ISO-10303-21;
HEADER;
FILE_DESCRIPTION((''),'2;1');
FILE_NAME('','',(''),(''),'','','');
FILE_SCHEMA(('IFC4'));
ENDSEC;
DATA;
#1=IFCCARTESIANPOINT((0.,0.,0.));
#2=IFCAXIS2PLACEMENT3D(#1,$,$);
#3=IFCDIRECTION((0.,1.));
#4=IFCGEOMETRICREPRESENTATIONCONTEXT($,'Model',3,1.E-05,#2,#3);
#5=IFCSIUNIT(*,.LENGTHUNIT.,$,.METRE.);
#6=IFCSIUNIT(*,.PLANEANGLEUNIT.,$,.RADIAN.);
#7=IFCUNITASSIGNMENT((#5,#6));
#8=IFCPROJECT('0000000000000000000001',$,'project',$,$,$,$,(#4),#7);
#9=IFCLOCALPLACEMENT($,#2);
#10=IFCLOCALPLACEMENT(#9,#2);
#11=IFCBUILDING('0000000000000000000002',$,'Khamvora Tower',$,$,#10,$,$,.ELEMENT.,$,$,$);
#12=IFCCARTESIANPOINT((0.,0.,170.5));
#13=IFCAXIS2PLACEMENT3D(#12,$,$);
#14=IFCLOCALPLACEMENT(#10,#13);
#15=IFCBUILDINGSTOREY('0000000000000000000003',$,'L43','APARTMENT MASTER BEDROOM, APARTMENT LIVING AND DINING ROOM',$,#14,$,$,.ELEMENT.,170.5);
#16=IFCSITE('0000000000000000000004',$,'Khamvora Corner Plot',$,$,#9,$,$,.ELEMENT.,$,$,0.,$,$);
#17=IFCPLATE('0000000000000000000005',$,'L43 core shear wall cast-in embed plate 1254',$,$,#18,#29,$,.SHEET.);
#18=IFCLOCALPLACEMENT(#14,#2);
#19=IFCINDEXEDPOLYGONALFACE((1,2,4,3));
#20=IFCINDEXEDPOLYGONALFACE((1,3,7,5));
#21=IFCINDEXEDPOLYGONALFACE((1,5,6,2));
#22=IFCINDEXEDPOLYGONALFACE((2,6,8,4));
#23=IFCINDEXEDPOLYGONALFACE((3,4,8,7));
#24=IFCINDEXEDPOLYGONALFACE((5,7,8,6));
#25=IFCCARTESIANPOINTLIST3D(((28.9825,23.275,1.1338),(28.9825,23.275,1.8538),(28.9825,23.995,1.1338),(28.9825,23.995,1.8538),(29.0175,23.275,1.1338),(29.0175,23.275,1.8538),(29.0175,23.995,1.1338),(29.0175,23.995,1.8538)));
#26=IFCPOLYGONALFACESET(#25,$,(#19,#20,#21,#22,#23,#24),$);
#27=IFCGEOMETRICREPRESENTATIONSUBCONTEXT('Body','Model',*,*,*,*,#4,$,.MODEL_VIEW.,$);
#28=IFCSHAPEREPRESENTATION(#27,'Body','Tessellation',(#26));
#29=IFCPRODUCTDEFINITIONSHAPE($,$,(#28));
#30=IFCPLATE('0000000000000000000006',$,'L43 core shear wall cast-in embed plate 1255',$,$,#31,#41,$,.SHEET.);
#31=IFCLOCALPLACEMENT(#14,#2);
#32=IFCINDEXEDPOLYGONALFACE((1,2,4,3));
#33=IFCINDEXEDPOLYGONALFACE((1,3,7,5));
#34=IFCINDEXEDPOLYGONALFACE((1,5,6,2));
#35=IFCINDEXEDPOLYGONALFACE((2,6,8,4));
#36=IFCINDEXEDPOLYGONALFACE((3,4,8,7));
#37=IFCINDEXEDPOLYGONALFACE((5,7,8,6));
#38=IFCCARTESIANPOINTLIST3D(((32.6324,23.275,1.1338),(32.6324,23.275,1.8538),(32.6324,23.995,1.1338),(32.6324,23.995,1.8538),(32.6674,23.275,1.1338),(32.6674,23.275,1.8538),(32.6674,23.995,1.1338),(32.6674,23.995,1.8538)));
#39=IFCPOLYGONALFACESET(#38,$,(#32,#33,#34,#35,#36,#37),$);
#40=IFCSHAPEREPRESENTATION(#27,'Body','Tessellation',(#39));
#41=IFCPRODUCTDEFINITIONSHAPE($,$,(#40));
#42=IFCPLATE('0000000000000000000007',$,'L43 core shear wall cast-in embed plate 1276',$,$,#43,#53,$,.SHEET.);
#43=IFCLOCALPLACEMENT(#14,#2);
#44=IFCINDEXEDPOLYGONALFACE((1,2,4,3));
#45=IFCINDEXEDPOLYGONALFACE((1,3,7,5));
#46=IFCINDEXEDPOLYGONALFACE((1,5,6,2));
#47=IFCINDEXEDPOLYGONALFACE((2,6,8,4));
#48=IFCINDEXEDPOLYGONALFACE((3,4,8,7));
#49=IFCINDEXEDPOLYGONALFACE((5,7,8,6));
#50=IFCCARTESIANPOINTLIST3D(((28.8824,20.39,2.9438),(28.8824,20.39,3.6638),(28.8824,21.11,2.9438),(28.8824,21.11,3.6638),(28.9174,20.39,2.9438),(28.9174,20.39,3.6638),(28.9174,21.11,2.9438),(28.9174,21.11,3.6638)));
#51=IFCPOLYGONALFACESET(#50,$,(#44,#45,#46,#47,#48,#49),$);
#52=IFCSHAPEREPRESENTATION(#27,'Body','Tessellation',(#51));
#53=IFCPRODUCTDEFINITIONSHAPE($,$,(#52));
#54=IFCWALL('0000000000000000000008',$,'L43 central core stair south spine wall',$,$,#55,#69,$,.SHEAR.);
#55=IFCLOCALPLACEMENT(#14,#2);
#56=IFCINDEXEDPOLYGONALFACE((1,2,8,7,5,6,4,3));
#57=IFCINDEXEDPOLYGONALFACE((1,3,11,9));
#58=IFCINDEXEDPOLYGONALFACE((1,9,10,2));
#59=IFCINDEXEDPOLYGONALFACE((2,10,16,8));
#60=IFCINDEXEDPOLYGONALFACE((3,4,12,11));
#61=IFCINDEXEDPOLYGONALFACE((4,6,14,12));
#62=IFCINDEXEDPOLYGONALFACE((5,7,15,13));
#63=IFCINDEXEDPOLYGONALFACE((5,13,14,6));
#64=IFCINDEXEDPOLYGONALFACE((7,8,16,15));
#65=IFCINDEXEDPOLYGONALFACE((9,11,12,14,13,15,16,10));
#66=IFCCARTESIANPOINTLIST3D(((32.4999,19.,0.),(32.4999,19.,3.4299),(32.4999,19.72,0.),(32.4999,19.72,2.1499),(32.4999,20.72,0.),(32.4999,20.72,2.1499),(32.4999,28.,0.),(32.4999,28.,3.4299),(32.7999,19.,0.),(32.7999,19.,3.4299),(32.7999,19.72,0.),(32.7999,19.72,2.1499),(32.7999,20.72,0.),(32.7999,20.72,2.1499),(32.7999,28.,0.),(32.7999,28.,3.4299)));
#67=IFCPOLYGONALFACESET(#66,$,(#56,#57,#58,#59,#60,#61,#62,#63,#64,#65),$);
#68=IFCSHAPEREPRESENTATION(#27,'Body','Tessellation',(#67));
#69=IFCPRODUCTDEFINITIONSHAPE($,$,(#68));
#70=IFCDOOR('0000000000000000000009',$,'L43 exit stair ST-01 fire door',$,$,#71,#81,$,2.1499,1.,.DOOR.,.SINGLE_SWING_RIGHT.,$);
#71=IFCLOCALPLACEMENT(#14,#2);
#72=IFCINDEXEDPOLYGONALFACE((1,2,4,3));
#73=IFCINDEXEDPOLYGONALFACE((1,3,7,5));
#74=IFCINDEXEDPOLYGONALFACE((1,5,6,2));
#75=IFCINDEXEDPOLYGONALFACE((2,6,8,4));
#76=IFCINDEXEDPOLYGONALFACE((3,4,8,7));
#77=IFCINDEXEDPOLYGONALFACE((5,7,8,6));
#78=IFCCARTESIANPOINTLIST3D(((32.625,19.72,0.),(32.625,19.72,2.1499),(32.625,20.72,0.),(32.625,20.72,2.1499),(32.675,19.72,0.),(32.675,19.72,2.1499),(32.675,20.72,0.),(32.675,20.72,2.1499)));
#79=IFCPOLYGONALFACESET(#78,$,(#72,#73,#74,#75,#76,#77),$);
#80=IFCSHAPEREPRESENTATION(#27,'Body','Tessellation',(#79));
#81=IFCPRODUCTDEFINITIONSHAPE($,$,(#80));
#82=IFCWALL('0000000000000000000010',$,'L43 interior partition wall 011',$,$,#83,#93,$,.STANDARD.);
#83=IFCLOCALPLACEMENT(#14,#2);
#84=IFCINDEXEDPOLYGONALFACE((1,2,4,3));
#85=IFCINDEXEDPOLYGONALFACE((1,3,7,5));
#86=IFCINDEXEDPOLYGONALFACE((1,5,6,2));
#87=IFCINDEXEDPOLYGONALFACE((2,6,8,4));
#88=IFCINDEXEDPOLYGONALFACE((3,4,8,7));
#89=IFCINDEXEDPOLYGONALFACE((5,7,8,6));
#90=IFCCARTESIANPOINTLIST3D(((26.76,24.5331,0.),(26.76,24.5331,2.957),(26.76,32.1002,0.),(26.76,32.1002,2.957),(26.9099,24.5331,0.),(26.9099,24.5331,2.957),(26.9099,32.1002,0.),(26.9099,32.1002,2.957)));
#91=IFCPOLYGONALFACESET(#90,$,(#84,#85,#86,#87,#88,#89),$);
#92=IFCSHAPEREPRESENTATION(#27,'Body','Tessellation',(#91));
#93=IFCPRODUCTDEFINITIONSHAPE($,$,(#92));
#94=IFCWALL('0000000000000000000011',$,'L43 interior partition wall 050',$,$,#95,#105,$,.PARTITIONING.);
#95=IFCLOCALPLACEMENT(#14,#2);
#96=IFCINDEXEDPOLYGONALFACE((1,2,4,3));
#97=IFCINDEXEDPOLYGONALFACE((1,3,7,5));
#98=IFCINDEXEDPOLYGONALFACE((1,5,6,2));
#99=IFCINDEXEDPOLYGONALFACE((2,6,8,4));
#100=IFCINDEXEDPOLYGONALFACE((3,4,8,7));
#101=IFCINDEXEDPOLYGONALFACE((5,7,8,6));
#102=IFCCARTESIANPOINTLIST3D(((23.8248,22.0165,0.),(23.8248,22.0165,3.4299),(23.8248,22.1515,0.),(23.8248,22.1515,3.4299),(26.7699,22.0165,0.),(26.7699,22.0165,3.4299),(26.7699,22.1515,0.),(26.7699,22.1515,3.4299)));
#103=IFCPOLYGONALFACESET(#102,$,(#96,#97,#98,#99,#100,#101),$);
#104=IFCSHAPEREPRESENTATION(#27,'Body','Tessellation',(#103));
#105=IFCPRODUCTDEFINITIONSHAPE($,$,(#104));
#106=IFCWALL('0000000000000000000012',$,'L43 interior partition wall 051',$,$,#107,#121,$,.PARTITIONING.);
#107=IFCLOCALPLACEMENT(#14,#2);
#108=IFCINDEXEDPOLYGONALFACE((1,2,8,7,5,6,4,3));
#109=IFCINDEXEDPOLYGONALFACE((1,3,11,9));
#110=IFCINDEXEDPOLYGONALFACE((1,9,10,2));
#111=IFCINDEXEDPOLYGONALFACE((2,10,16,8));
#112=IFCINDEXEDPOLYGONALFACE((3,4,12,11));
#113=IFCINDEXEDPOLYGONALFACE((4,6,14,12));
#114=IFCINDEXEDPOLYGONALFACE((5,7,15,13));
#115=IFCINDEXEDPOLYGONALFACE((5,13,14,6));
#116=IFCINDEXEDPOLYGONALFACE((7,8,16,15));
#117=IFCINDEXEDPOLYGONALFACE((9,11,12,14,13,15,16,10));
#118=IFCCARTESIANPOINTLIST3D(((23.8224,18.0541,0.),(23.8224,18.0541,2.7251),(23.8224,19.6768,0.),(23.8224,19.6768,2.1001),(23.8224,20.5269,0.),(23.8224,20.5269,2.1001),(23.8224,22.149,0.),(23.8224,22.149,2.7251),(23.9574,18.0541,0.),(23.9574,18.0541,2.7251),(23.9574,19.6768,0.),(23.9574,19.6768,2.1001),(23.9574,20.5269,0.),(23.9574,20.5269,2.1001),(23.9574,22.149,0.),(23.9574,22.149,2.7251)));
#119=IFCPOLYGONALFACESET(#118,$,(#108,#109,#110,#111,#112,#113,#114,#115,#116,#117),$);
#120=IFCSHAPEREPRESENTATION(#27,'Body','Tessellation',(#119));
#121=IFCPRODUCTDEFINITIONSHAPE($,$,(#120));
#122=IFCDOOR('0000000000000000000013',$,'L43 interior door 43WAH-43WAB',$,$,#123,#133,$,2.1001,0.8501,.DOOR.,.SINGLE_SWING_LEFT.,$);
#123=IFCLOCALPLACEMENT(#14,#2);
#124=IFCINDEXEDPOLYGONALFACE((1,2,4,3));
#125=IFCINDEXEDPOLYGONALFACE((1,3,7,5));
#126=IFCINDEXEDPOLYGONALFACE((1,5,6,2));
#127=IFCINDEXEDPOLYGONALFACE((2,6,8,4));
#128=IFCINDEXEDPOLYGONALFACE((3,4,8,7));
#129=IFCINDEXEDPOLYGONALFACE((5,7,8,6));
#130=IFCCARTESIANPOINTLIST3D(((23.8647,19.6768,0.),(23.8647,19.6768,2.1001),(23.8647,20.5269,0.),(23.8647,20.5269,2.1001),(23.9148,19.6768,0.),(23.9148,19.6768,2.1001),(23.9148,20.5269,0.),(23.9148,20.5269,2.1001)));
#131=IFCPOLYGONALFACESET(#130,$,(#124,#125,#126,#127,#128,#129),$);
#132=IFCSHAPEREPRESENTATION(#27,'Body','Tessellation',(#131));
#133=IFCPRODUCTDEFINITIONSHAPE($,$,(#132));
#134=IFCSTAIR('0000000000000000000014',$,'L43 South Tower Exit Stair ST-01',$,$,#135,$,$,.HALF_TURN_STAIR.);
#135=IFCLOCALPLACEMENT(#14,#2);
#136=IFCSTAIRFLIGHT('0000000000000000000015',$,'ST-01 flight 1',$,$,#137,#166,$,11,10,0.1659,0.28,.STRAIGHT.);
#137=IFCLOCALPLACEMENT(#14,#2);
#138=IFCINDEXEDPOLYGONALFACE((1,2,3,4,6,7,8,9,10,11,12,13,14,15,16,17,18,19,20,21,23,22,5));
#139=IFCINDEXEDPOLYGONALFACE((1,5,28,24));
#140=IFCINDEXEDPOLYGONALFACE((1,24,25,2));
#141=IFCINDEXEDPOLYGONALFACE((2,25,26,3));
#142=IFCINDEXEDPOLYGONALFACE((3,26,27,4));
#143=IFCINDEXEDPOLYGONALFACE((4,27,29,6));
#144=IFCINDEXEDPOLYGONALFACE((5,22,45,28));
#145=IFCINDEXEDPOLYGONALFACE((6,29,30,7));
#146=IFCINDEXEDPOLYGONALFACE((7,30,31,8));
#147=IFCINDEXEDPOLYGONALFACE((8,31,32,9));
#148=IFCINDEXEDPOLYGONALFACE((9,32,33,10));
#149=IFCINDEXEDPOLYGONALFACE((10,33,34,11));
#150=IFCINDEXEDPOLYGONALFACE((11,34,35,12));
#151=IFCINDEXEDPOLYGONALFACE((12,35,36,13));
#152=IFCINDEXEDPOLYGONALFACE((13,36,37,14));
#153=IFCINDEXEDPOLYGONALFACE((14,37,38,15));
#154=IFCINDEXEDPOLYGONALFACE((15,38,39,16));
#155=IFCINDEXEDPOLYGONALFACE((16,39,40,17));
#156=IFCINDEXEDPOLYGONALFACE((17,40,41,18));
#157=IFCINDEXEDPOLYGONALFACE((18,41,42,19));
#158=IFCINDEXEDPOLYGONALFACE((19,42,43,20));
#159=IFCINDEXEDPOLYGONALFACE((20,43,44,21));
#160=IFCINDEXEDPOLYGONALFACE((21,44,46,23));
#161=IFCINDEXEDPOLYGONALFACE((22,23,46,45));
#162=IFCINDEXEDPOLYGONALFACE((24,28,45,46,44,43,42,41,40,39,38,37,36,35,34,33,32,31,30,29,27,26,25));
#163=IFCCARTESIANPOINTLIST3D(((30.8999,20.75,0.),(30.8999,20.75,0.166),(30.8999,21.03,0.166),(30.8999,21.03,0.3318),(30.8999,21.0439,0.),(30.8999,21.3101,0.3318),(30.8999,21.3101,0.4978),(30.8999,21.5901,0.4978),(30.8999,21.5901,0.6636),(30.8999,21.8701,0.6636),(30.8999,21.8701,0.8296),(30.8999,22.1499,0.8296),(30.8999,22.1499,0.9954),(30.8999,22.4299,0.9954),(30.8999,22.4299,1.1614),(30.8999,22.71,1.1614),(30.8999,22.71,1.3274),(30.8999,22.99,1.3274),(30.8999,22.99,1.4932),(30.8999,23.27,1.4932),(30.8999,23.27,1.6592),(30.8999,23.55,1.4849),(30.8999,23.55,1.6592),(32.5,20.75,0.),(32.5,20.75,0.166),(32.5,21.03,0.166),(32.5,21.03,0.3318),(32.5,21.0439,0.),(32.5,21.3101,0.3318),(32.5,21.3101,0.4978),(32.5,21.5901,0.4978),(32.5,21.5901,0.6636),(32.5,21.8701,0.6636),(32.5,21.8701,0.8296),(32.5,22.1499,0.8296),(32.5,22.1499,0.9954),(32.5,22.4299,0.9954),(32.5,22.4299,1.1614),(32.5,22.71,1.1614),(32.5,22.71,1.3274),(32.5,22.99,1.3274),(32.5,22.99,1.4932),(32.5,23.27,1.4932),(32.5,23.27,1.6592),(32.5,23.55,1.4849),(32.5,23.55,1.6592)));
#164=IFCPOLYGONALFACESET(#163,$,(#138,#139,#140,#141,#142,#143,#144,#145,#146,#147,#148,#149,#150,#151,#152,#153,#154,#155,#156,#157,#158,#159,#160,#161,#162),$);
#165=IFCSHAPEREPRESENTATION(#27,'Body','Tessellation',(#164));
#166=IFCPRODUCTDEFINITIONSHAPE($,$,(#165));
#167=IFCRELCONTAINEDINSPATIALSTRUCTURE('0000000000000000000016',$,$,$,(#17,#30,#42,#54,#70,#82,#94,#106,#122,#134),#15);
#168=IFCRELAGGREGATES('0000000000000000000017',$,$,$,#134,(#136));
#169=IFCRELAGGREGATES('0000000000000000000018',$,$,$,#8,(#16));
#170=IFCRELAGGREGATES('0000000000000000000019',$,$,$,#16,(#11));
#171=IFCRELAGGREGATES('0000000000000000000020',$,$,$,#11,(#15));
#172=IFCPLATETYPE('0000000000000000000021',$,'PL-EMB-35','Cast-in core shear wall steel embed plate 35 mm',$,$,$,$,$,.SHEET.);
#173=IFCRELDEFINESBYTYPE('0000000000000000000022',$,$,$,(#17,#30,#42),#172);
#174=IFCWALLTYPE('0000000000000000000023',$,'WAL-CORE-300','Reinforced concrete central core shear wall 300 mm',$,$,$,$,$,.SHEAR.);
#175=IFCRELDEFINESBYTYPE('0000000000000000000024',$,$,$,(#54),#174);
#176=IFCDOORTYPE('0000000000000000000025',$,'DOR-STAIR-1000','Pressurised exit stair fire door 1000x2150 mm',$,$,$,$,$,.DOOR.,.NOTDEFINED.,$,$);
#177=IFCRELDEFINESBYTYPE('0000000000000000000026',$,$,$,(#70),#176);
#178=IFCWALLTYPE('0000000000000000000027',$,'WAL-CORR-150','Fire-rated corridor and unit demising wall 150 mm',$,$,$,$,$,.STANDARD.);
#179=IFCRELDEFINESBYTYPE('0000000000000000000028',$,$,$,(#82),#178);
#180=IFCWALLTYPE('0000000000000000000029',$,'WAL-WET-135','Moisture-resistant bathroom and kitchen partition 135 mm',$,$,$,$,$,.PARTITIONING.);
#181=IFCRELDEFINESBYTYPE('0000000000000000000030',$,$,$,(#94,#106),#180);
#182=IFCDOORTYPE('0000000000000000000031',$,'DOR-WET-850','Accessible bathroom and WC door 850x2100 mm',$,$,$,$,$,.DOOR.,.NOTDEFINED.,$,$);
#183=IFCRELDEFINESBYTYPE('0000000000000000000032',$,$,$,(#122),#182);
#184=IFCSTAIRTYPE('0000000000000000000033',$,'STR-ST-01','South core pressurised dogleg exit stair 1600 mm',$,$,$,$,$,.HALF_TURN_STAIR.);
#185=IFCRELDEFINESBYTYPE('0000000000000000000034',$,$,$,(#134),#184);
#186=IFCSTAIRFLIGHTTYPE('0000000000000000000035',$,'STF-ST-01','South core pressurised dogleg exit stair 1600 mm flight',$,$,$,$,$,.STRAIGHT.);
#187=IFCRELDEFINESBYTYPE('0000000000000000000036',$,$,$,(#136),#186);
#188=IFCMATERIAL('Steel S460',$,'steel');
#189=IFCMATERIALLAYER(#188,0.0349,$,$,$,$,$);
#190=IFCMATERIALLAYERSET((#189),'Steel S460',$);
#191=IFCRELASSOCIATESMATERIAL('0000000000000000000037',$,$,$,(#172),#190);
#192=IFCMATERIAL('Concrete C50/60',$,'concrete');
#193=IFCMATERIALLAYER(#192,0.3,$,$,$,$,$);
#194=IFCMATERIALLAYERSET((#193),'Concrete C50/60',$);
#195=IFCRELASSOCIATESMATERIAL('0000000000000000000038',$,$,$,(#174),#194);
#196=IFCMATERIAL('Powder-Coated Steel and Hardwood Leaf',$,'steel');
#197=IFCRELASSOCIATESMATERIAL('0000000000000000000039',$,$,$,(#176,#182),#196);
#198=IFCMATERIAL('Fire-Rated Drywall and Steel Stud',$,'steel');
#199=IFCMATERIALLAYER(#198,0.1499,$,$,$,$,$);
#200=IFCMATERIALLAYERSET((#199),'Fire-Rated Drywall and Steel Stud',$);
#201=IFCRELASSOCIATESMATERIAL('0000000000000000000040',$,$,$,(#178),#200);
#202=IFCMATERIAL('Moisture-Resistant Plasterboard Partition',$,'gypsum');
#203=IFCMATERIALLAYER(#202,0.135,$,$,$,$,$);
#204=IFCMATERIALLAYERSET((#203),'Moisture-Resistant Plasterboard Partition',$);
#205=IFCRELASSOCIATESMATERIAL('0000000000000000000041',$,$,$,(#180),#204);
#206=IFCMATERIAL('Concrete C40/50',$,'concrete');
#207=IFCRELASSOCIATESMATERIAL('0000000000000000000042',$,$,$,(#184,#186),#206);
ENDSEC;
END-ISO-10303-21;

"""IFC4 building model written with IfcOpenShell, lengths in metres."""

from ifc_helpers import new_model, si_unit, direction, frame, frame_2d, origin, origin_2d, place, context, subcontext, project, spatial, polyline, rectangle, outline, extrude, material, layer, layer_set, type_object, element, fill, aggregate, save


model = new_model("IFC4")

# Units and contexts
model_context = context("Model", 3, precision=1e-05, world=origin(), true_north=direction((0.0, 1.0)))
body_context = subcontext(model_context, "Body", "Model", "MODEL_VIEW")
ifc_project = project(units=[si_unit("LENGTHUNIT", "METRE"), si_unit("PLANEANGLEUNIT", "RADIAN")], contexts=[model_context])

# Site, building, storey
site_placement = place(None, origin())
site = spatial("IfcSite", under=ifc_project, at=site_placement, Name="Khamvora Corner Plot", CompositionType="ELEMENT", RefElevation=0.0)
building_placement = place(site_placement, origin())
building = spatial("IfcBuilding", under=site, at=building_placement, Name="Khamvora Tower", CompositionType="ELEMENT")
storey_placement = place(building_placement, frame((0.0, 0.0, 170.5)))
storey = spatial("IfcBuildingStorey", under=building, at=storey_placement, Name="L43", Description="APARTMENT MASTER BEDROOM, APARTMENT LIVING AND DINING ROOM", CompositionType="ELEMENT", Elevation=170.5)

# Plates
ifc_material_1 = material(Name="Steel S460", Category="steel")
ifc_layer_1 = layer(ifc_material_1, 0.0349)
ifc_layer_set_1 = layer_set([ifc_layer_1], Name="Steel S460")
plate_type = type_object("IfcPlateType", Name="PL-EMB-35", Description="Cast-in core shear wall steel embed plate 35 mm", PredefinedType="SHEET", material=ifc_layer_set_1)
for number, where, z_axis, x_axis, name in (
    (1, (29.0, 23.635, 1.1338), (0.0, 0.0, 1.0), (1.0, 0.0, 0.0), "L43 core shear wall cast-in embed plate 1254"),
    (2, (32.6499, 23.635, 1.1338), (0.0, 0.0, 1.0), (1.0, 0.0, 0.0), "L43 core shear wall cast-in embed plate 1255"),
    (3, (28.8999, 20.75, 2.9438), (0.0, 0.0, 1.0), (1.0, 0.0, 0.0), "L43 core shear wall cast-in embed plate 1276"),
):
    element("IfcPlate", number, at=place(storey_placement, frame(where, z_axis=z_axis, x_axis=x_axis)), inside=storey, type_object=plate_type, Name=name, PredefinedType="SHEET", context=body_context, shape_type="SweptSolid", body=[
        extrude(rectangle(XDim=0.0349, YDim=0.72, at=origin_2d()), origin(), (0.0, 0.0, 1.0), 0.72),
    ])

# Wall, opening, door
ifc_material_2 = material(Name="Concrete C50/60", Category="concrete")
ifc_layer_2 = layer(ifc_material_2, 0.3)
ifc_layer_set_2 = layer_set([ifc_layer_2], Name="Concrete C50/60")
wall_type_1 = type_object("IfcWallType", Name="WAL-CORE-300", Description="Reinforced concrete central core shear wall 300 mm", PredefinedType="SHEAR", material=ifc_layer_set_2)
wall_1_placement = place(storey_placement, frame((32.6499, 19.0, 0.0), z_axis=(0.0, 0.0, 1.0), x_axis=(0.0, 1.0, 0.0)))
wall_1 = element("IfcWall", 4, at=wall_1_placement, inside=storey, type_object=wall_type_1, Name="L43 central core stair south spine wall", PredefinedType="SHEAR", context=body_context, shape_type="SweptSolid", body=[
    extrude(rectangle(XDim=9.0, YDim=0.3, at=frame_2d((4.5, 0.0))), origin(), (0.0, 0.0, 1.0), 3.4299),
])
opening_1_placement = place(wall_1_placement, frame((0.72, 0.0, 0.0)))
opening_1 = element("IfcOpeningElement", 5, at=opening_1_placement, cuts=wall_1, PredefinedType="OPENING", context=body_context, shape_type="SweptSolid", body=[
    extrude(rectangle(XDim=1.0, YDim=2.1499, at=frame_2d((0.5, 1.075))), frame((0.0, 0.1599, 0.0), z_axis=(0.0, -1.0, 0.0), x_axis=(1.0, 0.0, 0.0)), (0.0, 0.0, 1.0), 0.3201),
])
ifc_material_3 = material(Name="Powder-Coated Steel and Hardwood Leaf", Category="steel")
door_type_1 = type_object("IfcDoorType", Name="DOR-STAIR-1000", Description="Pressurised exit stair fire door 1000x2150 mm", OperationType="NOTDEFINED", PredefinedType="DOOR", material=ifc_material_3)
door_1_placement = place(opening_1_placement, origin())
door_1 = element("IfcDoor", 6, at=door_1_placement, inside=storey, type_object=door_type_1, Name="L43 exit stair ST-01 fire door", OperationType="SINGLE_SWING_RIGHT", OverallHeight=2.1499, OverallWidth=1.0, PredefinedType="DOOR", context=body_context, shape_type="SweptSolid", body=[
    extrude(rectangle(XDim=1.0, YDim=2.1499, at=frame_2d((0.5, 1.075))), frame((0.0, 0.0249, 0.0), z_axis=(0.0, -1.0, 0.0), x_axis=(1.0, 0.0, 0.0)), (0.0, 0.0, 1.0), 0.05),
])
fill(opening_1, door_1)
ifc_material_4 = material(Name="Fire-Rated Drywall and Steel Stud", Category="steel")
ifc_layer_3 = layer(ifc_material_4, 0.1499)
ifc_layer_set_3 = layer_set([ifc_layer_3], Name="Fire-Rated Drywall and Steel Stud")
wall_type_2 = type_object("IfcWallType", Name="WAL-CORR-150", Description="Fire-rated corridor and unit demising wall 150 mm", PredefinedType="STANDARD", material=ifc_layer_set_3)

# Walls
wall_2_placement = place(storey_placement, frame((26.835, 24.533, 0.0), z_axis=(0.0, 0.0, 1.0), x_axis=(0.0, 1.0, 0.0)))
element("IfcWall", 7, at=wall_2_placement, inside=storey, type_object=wall_type_2, Name="L43 interior partition wall 011", PredefinedType="STANDARD", context=body_context, shape_type="SweptSolid", body=[
    extrude(rectangle(XDim=7.5671, YDim=0.1499, at=frame_2d((3.7837, 0.0))), origin(), (0.0, 0.0, 1.0), 2.957),
])
ifc_material_5 = material(Name="Moisture-Resistant Plasterboard Partition", Category="gypsum")
ifc_layer_4 = layer(ifc_material_5, 0.135)
ifc_layer_set_4 = layer_set([ifc_layer_4], Name="Moisture-Resistant Plasterboard Partition")
wall_type_3 = type_object("IfcWallType", Name="WAL-WET-135", Description="Moisture-resistant bathroom and kitchen partition 135 mm", PredefinedType="PARTITIONING", material=ifc_layer_set_4)
wall_3_placement = place(storey_placement, frame((26.77, 22.084, 0.0), z_axis=(0.0, 0.0, 1.0), x_axis=(-1.0, 0.0, 0.0)))
element("IfcWall", 8, at=wall_3_placement, inside=storey, type_object=wall_type_3, Name="L43 interior partition wall 050", PredefinedType="PARTITIONING", context=body_context, shape_type="SweptSolid", body=[
    extrude(rectangle(XDim=2.9451, YDim=0.135, at=frame_2d((1.4727, 0.0))), origin(), (0.0, 0.0, 1.0), 3.4299),
])

# Wall, opening, door
wall_4_placement = place(storey_placement, frame((23.8899, 22.1489, 0.0), z_axis=(0.0, 0.0, 1.0), x_axis=(0.0, -1.0, 0.0)))
wall_4 = element("IfcWall", 9, at=wall_4_placement, inside=storey, type_object=wall_type_3, Name="L43 interior partition wall 051", PredefinedType="PARTITIONING", context=body_context, shape_type="SweptSolid", body=[
    extrude(rectangle(XDim=4.095, YDim=0.135, at=frame_2d((2.0474, 0.0))), origin(), (0.0, 0.0, 1.0), 2.7251),
])
opening_2_placement = place(wall_4_placement, frame((1.6221, 0.0, 0.0)))
opening_2 = element("IfcOpeningElement", 10, at=opening_2_placement, cuts=wall_4, PredefinedType="OPENING", context=body_context, shape_type="SweptSolid", body=[
    extrude(rectangle(XDim=0.8501, YDim=2.1001, at=frame_2d((0.425, 1.05))), frame((0.0, 0.0774, 0.0), z_axis=(0.0, -1.0, 0.0), x_axis=(1.0, 0.0, 0.0)), (0.0, 0.0, 1.0), 0.155),
])
door_type_2 = type_object("IfcDoorType", Name="DOR-WET-850", Description="Accessible bathroom and WC door 850x2100 mm", OperationType="NOTDEFINED", PredefinedType="DOOR", material=ifc_material_3)
door_2_placement = place(opening_2_placement, origin())
door_2 = element("IfcDoor", 11, at=door_2_placement, inside=storey, type_object=door_type_2, Name="L43 interior door 43WAH-43WAB", OperationType="SINGLE_SWING_LEFT", OverallHeight=2.1001, OverallWidth=0.8501, PredefinedType="DOOR", context=body_context, shape_type="SweptSolid", body=[
    extrude(rectangle(XDim=0.8501, YDim=2.1001, at=frame_2d((0.425, 1.05))), frame((0.0, 0.0249, 0.0), z_axis=(0.0, -1.0, 0.0), x_axis=(1.0, 0.0, 0.0)), (0.0, 0.0, 1.0), 0.05),
])
fill(opening_2, door_2)

# Stair, stair flight
ifc_material_6 = material(Name="Concrete C40/50", Category="concrete")
stair_type = type_object("IfcStairType", Name="STR-ST-01", Description="South core pressurised dogleg exit stair 1600 mm", PredefinedType="HALF_TURN_STAIR", material=ifc_material_6)
stair_placement = place(storey_placement, origin())
stair = element("IfcStair", 12, at=stair_placement, inside=storey, type_object=stair_type, Name="L43 South Tower Exit Stair ST-01", PredefinedType="HALF_TURN_STAIR")
stair_flight_type = type_object("IfcStairFlightType", Name="STF-ST-01", Description="South core pressurised dogleg exit stair 1600 mm flight", PredefinedType="STRAIGHT", material=ifc_material_6)
stair_flight_1_placement = place(storey_placement, frame((31.7, 20.75, 0.0), z_axis=(0.0, 0.0, 1.0), x_axis=(0.0, 1.0, 0.0)))
stair_flight_1 = element("IfcStairFlight", 13, at=stair_flight_1_placement, type_object=stair_flight_type, Name="ST-01 flight 1", NumberOfRisers=11, NumberOfTreads=10, PredefinedType="STRAIGHT", RiserHeight=0.1659, TreadLength=0.28, context=body_context, shape_type="SweptSolid", body=[
    extrude(outline(polyline([(0.0, 0.0), (0.0, 0.166), (0.28, 0.166), (0.28, 0.3318), (0.5601, 0.3318), (0.5601, 0.4978), (0.8401, 0.4978), (0.8401, 0.6636), (1.1201, 0.6636), (1.1201, 0.8296), (1.3999, 0.8296), (1.3999, 0.9954), (1.6799, 0.9954), (1.6799, 1.1614), (1.96, 1.1614), (1.96, 1.3274), (2.24, 1.3274), (2.24, 1.4932), (2.52, 1.4932), (2.52, 1.6592), (2.8, 1.6592), (2.8, 1.825), (2.8, 1.4849), (0.2939, 0.0), (0.0, 0.0)])), frame((0.0, 0.8, 0.0), z_axis=(0.0, -1.0, 0.0), x_axis=(1.0, 0.0, 0.0)), (0.0, 0.0, 1.0), 1.6001),
])
aggregate(stair, [stair_flight_1])

save(model, "model.ifc")
